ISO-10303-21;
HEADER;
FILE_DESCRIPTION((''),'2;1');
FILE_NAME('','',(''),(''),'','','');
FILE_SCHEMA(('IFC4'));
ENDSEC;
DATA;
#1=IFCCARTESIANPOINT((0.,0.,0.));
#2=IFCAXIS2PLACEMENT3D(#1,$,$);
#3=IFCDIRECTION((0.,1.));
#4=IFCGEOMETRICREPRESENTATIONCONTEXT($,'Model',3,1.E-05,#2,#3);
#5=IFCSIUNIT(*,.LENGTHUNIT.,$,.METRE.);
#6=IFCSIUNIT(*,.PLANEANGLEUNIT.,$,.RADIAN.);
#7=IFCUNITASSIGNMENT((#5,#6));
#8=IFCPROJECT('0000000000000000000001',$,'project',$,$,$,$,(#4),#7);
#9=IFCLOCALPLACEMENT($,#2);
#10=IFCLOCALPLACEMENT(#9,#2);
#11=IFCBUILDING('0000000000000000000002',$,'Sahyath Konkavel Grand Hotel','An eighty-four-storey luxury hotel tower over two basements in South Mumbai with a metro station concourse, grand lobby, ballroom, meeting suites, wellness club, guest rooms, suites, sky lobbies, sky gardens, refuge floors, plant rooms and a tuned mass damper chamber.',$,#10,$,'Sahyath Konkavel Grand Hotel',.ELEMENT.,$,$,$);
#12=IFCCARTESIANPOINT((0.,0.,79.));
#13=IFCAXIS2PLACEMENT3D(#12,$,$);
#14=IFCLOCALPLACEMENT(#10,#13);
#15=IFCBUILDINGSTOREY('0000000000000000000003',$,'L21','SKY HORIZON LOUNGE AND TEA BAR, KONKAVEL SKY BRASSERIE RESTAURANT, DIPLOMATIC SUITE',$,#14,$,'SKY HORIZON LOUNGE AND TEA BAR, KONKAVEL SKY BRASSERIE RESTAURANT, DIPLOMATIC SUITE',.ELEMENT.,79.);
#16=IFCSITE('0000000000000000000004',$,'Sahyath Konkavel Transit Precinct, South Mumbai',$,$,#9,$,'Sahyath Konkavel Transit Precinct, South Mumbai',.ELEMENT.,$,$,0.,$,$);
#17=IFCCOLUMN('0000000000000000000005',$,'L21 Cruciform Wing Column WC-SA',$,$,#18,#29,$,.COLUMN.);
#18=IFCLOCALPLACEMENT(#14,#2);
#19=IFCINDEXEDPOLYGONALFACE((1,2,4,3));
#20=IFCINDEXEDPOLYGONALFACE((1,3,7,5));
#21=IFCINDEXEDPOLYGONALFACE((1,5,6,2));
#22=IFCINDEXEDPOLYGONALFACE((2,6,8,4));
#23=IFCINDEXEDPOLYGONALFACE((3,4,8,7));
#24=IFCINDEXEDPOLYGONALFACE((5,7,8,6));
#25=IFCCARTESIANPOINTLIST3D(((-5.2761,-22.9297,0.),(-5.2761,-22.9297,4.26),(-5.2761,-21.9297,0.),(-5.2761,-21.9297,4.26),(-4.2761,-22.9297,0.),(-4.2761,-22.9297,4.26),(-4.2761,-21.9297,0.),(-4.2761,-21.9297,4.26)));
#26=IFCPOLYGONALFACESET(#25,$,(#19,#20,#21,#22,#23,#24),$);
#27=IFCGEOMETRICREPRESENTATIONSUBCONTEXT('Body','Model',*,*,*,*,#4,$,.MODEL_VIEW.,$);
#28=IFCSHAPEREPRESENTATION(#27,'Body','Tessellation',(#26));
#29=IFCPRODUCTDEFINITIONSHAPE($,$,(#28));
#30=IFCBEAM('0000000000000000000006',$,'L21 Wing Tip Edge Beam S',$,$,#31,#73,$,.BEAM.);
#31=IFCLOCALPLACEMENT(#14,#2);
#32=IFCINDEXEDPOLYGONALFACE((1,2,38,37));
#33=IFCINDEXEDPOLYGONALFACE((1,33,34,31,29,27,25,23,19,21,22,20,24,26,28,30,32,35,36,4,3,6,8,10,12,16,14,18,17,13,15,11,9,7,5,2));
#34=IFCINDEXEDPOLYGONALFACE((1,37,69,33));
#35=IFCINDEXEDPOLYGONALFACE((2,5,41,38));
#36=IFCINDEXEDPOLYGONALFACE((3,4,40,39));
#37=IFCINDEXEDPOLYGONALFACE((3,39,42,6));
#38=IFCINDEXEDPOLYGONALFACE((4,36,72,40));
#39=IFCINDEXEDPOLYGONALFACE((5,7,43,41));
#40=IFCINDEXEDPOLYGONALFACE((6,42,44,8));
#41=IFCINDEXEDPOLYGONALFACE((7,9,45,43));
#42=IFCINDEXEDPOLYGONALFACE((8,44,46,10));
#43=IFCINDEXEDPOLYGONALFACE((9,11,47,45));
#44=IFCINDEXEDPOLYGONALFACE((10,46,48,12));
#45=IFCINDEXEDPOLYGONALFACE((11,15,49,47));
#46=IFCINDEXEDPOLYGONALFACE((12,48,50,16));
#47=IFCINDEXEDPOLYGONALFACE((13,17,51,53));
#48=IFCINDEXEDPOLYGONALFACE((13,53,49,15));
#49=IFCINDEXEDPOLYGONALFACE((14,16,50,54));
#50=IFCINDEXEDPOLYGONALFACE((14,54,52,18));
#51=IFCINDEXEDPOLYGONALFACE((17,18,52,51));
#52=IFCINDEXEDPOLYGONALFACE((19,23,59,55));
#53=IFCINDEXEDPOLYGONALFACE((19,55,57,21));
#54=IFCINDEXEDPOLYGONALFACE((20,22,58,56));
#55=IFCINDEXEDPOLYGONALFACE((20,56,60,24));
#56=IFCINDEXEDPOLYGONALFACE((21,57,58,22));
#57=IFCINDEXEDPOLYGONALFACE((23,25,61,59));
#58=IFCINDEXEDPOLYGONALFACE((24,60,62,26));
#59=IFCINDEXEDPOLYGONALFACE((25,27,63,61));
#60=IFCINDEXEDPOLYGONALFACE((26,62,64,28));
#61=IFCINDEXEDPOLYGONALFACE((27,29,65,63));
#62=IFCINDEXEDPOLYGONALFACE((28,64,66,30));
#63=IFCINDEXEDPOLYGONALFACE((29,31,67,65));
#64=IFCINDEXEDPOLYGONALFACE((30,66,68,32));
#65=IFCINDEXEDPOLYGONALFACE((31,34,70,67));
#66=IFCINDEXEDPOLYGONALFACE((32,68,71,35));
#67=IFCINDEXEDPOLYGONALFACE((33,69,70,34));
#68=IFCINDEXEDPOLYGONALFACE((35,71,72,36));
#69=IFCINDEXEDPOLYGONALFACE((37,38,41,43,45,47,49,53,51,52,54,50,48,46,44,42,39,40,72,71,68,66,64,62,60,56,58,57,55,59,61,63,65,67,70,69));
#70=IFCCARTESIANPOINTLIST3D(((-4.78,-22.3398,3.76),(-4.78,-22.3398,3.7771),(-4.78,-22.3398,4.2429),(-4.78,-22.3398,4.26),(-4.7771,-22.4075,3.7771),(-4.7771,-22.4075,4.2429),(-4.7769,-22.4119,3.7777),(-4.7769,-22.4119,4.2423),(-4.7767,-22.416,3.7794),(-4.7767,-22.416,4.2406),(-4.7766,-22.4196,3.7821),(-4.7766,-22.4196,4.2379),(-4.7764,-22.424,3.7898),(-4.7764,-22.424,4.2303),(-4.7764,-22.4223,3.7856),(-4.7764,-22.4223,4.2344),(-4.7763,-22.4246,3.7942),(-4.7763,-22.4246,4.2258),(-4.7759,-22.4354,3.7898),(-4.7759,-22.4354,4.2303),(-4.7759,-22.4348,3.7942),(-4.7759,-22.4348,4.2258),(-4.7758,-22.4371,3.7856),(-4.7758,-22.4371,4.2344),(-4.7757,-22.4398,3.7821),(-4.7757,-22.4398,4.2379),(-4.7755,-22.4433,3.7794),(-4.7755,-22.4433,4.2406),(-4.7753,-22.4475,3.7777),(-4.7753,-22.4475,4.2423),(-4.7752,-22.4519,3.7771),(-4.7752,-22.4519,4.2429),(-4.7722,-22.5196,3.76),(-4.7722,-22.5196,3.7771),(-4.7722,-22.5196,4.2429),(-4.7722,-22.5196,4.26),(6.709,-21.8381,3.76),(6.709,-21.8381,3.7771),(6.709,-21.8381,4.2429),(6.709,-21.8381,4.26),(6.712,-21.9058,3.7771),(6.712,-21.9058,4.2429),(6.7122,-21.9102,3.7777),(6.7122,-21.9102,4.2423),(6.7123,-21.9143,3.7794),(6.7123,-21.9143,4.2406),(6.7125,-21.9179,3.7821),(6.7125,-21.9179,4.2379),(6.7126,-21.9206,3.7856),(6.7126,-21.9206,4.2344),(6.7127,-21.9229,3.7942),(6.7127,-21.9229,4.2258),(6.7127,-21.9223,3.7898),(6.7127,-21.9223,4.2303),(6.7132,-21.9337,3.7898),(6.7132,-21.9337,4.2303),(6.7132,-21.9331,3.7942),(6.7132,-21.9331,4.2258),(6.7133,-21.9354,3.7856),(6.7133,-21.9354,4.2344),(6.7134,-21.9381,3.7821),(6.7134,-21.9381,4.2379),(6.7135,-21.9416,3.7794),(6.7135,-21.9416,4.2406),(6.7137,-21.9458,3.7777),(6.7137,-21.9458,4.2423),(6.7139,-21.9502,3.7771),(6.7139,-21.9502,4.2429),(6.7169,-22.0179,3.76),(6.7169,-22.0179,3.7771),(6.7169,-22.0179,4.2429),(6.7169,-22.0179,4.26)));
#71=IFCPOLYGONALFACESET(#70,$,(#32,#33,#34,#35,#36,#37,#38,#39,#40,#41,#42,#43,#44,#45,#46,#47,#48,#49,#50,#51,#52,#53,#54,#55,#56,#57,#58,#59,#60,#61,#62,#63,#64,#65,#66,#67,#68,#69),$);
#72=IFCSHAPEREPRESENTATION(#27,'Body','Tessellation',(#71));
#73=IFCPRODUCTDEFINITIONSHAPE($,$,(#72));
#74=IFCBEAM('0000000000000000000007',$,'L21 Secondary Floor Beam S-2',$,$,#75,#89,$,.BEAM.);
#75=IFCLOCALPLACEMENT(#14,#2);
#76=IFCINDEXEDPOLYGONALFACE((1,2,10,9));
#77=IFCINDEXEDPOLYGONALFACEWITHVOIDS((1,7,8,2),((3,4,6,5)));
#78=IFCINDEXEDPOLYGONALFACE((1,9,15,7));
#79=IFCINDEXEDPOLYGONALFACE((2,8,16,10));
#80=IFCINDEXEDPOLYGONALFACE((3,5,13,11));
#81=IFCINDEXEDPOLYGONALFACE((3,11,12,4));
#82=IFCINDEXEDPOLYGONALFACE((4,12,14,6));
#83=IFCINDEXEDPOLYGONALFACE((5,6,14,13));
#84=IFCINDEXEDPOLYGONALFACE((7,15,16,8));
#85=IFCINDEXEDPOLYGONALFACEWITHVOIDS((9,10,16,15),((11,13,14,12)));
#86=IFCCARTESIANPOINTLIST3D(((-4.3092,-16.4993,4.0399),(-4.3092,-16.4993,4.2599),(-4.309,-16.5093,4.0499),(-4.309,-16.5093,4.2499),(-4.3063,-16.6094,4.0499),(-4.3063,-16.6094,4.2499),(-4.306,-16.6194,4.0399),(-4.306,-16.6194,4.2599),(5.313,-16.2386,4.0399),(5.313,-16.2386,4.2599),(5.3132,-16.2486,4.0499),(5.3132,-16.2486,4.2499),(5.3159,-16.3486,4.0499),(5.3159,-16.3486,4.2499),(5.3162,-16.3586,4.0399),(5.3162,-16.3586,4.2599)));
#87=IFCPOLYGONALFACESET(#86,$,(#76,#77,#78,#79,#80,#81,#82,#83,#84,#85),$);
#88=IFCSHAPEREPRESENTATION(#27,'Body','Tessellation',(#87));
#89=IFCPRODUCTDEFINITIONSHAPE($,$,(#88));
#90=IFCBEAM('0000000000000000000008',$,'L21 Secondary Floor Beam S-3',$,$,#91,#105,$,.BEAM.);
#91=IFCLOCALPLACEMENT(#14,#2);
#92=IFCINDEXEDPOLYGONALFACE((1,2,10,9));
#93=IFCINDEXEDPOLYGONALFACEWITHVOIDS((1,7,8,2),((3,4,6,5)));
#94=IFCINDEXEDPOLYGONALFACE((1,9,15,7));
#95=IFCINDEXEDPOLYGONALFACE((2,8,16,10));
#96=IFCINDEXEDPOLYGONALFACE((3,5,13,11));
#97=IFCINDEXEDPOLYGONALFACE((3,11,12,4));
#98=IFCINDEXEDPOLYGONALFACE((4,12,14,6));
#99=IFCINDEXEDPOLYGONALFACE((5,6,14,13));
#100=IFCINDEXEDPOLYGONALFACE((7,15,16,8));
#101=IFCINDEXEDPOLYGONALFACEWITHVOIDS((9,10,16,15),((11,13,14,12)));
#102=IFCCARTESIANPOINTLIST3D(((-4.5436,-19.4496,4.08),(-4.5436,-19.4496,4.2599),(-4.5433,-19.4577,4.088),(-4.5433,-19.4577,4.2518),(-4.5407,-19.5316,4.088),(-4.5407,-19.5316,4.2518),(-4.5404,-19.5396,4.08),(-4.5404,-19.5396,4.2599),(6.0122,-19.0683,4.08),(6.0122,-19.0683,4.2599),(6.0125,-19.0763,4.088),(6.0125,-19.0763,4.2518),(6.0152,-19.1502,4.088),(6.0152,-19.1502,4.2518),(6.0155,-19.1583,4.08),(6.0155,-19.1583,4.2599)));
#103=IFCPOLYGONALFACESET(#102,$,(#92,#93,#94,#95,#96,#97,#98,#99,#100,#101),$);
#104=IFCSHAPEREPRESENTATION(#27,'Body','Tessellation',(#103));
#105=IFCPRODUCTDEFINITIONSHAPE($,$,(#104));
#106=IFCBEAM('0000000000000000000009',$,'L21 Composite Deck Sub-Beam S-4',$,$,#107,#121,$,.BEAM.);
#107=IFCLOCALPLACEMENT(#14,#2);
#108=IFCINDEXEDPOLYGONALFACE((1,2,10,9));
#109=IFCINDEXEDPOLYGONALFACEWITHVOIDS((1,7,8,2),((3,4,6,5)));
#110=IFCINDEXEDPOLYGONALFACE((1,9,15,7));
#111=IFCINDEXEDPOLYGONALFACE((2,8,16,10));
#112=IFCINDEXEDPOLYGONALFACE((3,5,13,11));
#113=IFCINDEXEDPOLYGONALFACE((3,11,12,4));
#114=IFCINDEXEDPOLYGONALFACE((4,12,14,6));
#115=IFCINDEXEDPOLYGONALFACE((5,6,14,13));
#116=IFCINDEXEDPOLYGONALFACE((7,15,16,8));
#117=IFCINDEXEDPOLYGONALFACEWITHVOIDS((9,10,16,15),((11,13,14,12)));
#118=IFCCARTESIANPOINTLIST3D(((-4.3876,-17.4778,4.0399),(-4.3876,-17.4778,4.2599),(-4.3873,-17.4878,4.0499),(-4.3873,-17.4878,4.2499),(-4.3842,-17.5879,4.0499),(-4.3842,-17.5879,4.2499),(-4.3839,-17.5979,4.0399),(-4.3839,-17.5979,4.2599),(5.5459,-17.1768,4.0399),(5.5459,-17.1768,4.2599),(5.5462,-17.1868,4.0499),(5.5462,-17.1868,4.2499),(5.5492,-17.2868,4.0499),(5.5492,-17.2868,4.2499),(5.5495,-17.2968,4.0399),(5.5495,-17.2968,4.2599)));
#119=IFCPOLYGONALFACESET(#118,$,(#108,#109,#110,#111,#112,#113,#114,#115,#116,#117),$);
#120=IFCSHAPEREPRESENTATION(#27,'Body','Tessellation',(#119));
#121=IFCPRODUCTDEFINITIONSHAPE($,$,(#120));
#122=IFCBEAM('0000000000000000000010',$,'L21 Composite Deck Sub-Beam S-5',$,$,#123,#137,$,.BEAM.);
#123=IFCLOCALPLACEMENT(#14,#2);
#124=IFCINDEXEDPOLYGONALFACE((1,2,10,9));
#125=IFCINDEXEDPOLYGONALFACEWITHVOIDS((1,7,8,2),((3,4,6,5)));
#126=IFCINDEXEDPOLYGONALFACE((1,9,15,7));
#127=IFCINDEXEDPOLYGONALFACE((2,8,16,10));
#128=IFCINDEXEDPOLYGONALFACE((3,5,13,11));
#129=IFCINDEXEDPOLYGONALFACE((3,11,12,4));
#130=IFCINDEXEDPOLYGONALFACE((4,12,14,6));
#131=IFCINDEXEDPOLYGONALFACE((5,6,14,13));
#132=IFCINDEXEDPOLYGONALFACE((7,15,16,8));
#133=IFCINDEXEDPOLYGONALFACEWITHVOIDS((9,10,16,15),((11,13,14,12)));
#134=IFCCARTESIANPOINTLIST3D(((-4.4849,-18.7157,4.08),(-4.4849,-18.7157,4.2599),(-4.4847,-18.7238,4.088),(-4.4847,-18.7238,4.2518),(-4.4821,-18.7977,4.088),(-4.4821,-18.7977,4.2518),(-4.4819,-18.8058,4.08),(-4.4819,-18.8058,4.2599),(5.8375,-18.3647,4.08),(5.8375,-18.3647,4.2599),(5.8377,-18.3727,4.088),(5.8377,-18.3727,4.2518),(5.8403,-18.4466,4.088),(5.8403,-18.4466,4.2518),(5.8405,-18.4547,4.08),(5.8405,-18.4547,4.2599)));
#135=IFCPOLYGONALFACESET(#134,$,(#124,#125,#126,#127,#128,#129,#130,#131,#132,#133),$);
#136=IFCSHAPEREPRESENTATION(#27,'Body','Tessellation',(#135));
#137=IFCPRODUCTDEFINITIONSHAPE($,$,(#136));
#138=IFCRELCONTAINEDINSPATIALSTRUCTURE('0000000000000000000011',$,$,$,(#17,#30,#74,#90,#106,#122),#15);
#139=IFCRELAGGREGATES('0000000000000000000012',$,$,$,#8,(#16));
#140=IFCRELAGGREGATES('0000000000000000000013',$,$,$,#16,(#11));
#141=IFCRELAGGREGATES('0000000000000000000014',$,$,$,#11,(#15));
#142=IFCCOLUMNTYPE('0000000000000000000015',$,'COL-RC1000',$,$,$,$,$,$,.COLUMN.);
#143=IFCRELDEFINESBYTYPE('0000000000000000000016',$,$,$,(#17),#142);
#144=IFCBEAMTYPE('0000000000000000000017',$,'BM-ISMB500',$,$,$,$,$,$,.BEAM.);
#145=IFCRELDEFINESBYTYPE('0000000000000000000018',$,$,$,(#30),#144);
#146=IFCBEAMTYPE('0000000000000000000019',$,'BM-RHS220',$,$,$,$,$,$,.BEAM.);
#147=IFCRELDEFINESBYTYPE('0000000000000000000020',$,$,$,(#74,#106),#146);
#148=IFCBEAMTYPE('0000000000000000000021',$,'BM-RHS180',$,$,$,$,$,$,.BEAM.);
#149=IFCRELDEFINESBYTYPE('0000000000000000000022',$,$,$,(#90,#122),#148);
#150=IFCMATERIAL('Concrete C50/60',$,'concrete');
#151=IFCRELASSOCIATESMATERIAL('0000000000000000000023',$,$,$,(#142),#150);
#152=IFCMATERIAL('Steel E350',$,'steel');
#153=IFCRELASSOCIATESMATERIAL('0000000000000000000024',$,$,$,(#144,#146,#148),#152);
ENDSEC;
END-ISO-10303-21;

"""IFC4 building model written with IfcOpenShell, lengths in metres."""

from ifc_helpers import new_model, si_unit, direction, frame, origin, origin_2d, place, context, subcontext, project, spatial, rectangle, hollow_rectangle, i_section, extrude, source, transform, mapped, material, material_profile, profile_set, type_object, element, save


model = new_model("IFC4")

# Units and contexts
model_context = context("Model", 3, precision=1e-05, world=origin(), true_north=direction((0.0, 1.0)))
body_context = subcontext(model_context, "Body", "Model", "MODEL_VIEW")
ifc_project = project(units=[si_unit("LENGTHUNIT", "METRE"), si_unit("PLANEANGLEUNIT", "RADIAN")], contexts=[model_context])

# Site, building, storey
site_placement = place(None, origin())
site = spatial("IfcSite", under=ifc_project, at=site_placement, Name="Sahyath Konkavel Transit Precinct, South Mumbai", LongName="Sahyath Konkavel Transit Precinct, South Mumbai", CompositionType="ELEMENT", RefElevation=0.0)
building_placement = place(site_placement, origin())
building = spatial("IfcBuilding", under=site, at=building_placement, Name="Sahyath Konkavel Grand Hotel", Description="An eighty-four-storey luxury hotel tower over two basements in South Mumbai with a metro station concourse, grand lobby, ballroom, meeting suites, wellness club, guest rooms, suites, sky lobbies, sky gardens, refuge floors, plant rooms and a tuned mass damper chamber.", LongName="Sahyath Konkavel Grand Hotel", CompositionType="ELEMENT")
storey_placement = place(building_placement, frame((0.0, 0.0, 79.0)))
storey = spatial("IfcBuildingStorey", under=building, at=storey_placement, Name="L21", Description="SKY HORIZON LOUNGE AND TEA BAR, KONKAVEL SKY BRASSERIE RESTAURANT, DIPLOMATIC SUITE", LongName="SKY HORIZON LOUNGE AND TEA BAR, KONKAVEL SKY BRASSERIE RESTAURANT, DIPLOMATIC SUITE", CompositionType="ELEMENT", Elevation=79.0)

# Column
ifc_material_1 = material(Name="Concrete C50/60", Category="concrete")
ifc_material_profile_1 = material_profile(ifc_material_1, rectangle(XDim=1.0, YDim=1.0, at=origin_2d()), Name="RC 1000x1000")
ifc_profile_set_1 = profile_set([ifc_material_profile_1], Name="Concrete C50/60")
column_type = type_object("IfcColumnType", Name="COL-RC1000", PredefinedType="COLUMN", material=ifc_profile_set_1)
shared_shape_1 = source(origin(), body_context, "Body", "SweptSolid", [
    extrude(rectangle(XDim=1.0, YDim=1.0, at=origin_2d()), origin(), (0.0, 0.0, 1.0), 4.26),
])
column_placement = place(storey_placement, frame((-4.7761, -22.4297, 0.0), z_axis=(0.0, 0.0, 1.0), x_axis=(1.0, 0.0, 0.0)))
element("IfcColumn", 1, at=column_placement, inside=storey, type_object=column_type, Name="L21 Cruciform Wing Column WC-SA", PredefinedType="COLUMN", context=body_context, shape_type="MappedRepresentation", body=[
    mapped(shared_shape_1, transform((0.0, 0.0, 0.0), scale=1.0)),
])

# Beams
ifc_material_2 = material(Name="Steel E350", Category="steel")
ifc_material_profile_2 = material_profile(ifc_material_2, i_section(OverallWidth=0.1799, OverallDepth=0.5, WebThickness=0.0103, FlangeThickness=0.0171, FilletRadius=0.0171, at=origin_2d()), Name="ISMB 500")
ifc_profile_set_2 = profile_set([ifc_material_profile_2], Name="Steel E350")
beam_type_1 = type_object("IfcBeamType", Name="BM-ISMB500", PredefinedType="BEAM", material=ifc_profile_set_2)
shared_shape_2 = source(origin(), body_context, "Body", "SweptSolid", [
    extrude(i_section(OverallWidth=0.1799, OverallDepth=0.5, WebThickness=0.0103, FlangeThickness=0.0171, FilletRadius=0.0171, at=origin_2d()), origin(), (0.0, 0.0, 1.0), 11.5),
])
beam_1_placement = place(storey_placement, frame((-4.7761, -22.4297, 4.01), z_axis=(0.999048, 0.043627, 0.0), x_axis=(-0.043627, 0.999048, 0.0)))
element("IfcBeam", 2, at=beam_1_placement, inside=storey, type_object=beam_type_1, Name="L21 Wing Tip Edge Beam S", PredefinedType="BEAM", context=body_context, shape_type="MappedRepresentation", body=[
    mapped(shared_shape_2, transform((0.0, 0.0, 0.0), scale=1.0)),
])
ifc_material_profile_3 = material_profile(ifc_material_2, hollow_rectangle(XDim=0.1201, YDim=0.22, WallThickness=0.01, at=origin_2d()), Name="RHS 220x120x10")
ifc_profile_set_3 = profile_set([ifc_material_profile_3], Name="Steel E350")
beam_type_2 = type_object("IfcBeamType", Name="BM-RHS220", PredefinedType="BEAM", material=ifc_profile_set_3)
shared_shape_3 = source(origin(), body_context, "Body", "SweptSolid", [
    extrude(hollow_rectangle(XDim=0.1201, YDim=0.22, WallThickness=0.01, at=origin_2d()), origin(), (0.0, 0.0, 1.0), 9.6257),
])
beam_2_placement = place(storey_placement, frame((-4.3076, -16.5593, 4.1499), z_axis=(0.999633, 0.027088, 0.0), x_axis=(-0.027088, 0.999633, 0.0)))
element("IfcBeam", 3, at=beam_2_placement, inside=storey, type_object=beam_type_2, Name="L21 Secondary Floor Beam S-2", PredefinedType="BEAM", context=body_context, shape_type="MappedRepresentation", body=[
    mapped(shared_shape_3, transform((0.0, 0.0, 0.0), scale=1.0)),
])
ifc_material_profile_4 = material_profile(ifc_material_2, hollow_rectangle(XDim=0.0901, YDim=0.1799, WallThickness=0.0081, at=origin_2d()), Name="RHS 180x90x8")
ifc_profile_set_4 = profile_set([ifc_material_profile_4], Name="Steel E350")
beam_type_3 = type_object("IfcBeamType", Name="BM-RHS180", PredefinedType="BEAM", material=ifc_profile_set_4)
shared_shape_4 = source(origin(), body_context, "Body", "SweptSolid", [
    extrude(hollow_rectangle(XDim=0.0901, YDim=0.1799, WallThickness=0.0081, at=origin_2d()), origin(), (0.0, 0.0, 1.0), 10.5627),
])
beam_3_placement = place(storey_placement, frame((-4.542, -19.4946, 4.1699), z_axis=(0.999348, 0.036103, 0.0), x_axis=(-0.036103, 0.999348, 0.0)))
element("IfcBeam", 4, at=beam_3_placement, inside=storey, type_object=beam_type_3, Name="L21 Secondary Floor Beam S-3", PredefinedType="BEAM", context=body_context, shape_type="MappedRepresentation", body=[
    mapped(shared_shape_4, transform((0.0, 0.0, 0.0), scale=1.0)),
])
shared_shape_5 = source(origin(), body_context, "Body", "SweptSolid", [
    extrude(hollow_rectangle(XDim=0.1201, YDim=0.22, WallThickness=0.01, at=origin_2d()), origin(), (0.0, 0.0, 1.0), 9.938),
])
beam_4_placement = place(storey_placement, frame((-4.3857, -17.5378, 4.1499), z_axis=(0.999541, 0.030291, 0.0), x_axis=(-0.030291, 0.999541, 0.0)))
element("IfcBeam", 5, at=beam_4_placement, inside=storey, type_object=beam_type_2, Name="L21 Composite Deck Sub-Beam S-4", PredefinedType="BEAM", context=body_context, shape_type="MappedRepresentation", body=[
    mapped(shared_shape_5, transform((0.0, 0.0, 0.0), scale=1.0)),
])
shared_shape_6 = source(origin(), body_context, "Body", "SweptSolid", [
    extrude(hollow_rectangle(XDim=0.0901, YDim=0.1799, WallThickness=0.0081, at=origin_2d()), origin(), (0.0, 0.0, 1.0), 10.3284),
])
beam_5_placement = place(storey_placement, frame((-4.4834, -18.7607, 4.1699), z_axis=(0.999422, 0.033991, 0.0), x_axis=(-0.033991, 0.999422, 0.0)))
element("IfcBeam", 6, at=beam_5_placement, inside=storey, type_object=beam_type_3, Name="L21 Composite Deck Sub-Beam S-5", PredefinedType="BEAM", context=body_context, shape_type="MappedRepresentation", body=[
    mapped(shared_shape_6, transform((0.0, 0.0, 0.0), scale=1.0)),
])

save(model, "model.ifc")
